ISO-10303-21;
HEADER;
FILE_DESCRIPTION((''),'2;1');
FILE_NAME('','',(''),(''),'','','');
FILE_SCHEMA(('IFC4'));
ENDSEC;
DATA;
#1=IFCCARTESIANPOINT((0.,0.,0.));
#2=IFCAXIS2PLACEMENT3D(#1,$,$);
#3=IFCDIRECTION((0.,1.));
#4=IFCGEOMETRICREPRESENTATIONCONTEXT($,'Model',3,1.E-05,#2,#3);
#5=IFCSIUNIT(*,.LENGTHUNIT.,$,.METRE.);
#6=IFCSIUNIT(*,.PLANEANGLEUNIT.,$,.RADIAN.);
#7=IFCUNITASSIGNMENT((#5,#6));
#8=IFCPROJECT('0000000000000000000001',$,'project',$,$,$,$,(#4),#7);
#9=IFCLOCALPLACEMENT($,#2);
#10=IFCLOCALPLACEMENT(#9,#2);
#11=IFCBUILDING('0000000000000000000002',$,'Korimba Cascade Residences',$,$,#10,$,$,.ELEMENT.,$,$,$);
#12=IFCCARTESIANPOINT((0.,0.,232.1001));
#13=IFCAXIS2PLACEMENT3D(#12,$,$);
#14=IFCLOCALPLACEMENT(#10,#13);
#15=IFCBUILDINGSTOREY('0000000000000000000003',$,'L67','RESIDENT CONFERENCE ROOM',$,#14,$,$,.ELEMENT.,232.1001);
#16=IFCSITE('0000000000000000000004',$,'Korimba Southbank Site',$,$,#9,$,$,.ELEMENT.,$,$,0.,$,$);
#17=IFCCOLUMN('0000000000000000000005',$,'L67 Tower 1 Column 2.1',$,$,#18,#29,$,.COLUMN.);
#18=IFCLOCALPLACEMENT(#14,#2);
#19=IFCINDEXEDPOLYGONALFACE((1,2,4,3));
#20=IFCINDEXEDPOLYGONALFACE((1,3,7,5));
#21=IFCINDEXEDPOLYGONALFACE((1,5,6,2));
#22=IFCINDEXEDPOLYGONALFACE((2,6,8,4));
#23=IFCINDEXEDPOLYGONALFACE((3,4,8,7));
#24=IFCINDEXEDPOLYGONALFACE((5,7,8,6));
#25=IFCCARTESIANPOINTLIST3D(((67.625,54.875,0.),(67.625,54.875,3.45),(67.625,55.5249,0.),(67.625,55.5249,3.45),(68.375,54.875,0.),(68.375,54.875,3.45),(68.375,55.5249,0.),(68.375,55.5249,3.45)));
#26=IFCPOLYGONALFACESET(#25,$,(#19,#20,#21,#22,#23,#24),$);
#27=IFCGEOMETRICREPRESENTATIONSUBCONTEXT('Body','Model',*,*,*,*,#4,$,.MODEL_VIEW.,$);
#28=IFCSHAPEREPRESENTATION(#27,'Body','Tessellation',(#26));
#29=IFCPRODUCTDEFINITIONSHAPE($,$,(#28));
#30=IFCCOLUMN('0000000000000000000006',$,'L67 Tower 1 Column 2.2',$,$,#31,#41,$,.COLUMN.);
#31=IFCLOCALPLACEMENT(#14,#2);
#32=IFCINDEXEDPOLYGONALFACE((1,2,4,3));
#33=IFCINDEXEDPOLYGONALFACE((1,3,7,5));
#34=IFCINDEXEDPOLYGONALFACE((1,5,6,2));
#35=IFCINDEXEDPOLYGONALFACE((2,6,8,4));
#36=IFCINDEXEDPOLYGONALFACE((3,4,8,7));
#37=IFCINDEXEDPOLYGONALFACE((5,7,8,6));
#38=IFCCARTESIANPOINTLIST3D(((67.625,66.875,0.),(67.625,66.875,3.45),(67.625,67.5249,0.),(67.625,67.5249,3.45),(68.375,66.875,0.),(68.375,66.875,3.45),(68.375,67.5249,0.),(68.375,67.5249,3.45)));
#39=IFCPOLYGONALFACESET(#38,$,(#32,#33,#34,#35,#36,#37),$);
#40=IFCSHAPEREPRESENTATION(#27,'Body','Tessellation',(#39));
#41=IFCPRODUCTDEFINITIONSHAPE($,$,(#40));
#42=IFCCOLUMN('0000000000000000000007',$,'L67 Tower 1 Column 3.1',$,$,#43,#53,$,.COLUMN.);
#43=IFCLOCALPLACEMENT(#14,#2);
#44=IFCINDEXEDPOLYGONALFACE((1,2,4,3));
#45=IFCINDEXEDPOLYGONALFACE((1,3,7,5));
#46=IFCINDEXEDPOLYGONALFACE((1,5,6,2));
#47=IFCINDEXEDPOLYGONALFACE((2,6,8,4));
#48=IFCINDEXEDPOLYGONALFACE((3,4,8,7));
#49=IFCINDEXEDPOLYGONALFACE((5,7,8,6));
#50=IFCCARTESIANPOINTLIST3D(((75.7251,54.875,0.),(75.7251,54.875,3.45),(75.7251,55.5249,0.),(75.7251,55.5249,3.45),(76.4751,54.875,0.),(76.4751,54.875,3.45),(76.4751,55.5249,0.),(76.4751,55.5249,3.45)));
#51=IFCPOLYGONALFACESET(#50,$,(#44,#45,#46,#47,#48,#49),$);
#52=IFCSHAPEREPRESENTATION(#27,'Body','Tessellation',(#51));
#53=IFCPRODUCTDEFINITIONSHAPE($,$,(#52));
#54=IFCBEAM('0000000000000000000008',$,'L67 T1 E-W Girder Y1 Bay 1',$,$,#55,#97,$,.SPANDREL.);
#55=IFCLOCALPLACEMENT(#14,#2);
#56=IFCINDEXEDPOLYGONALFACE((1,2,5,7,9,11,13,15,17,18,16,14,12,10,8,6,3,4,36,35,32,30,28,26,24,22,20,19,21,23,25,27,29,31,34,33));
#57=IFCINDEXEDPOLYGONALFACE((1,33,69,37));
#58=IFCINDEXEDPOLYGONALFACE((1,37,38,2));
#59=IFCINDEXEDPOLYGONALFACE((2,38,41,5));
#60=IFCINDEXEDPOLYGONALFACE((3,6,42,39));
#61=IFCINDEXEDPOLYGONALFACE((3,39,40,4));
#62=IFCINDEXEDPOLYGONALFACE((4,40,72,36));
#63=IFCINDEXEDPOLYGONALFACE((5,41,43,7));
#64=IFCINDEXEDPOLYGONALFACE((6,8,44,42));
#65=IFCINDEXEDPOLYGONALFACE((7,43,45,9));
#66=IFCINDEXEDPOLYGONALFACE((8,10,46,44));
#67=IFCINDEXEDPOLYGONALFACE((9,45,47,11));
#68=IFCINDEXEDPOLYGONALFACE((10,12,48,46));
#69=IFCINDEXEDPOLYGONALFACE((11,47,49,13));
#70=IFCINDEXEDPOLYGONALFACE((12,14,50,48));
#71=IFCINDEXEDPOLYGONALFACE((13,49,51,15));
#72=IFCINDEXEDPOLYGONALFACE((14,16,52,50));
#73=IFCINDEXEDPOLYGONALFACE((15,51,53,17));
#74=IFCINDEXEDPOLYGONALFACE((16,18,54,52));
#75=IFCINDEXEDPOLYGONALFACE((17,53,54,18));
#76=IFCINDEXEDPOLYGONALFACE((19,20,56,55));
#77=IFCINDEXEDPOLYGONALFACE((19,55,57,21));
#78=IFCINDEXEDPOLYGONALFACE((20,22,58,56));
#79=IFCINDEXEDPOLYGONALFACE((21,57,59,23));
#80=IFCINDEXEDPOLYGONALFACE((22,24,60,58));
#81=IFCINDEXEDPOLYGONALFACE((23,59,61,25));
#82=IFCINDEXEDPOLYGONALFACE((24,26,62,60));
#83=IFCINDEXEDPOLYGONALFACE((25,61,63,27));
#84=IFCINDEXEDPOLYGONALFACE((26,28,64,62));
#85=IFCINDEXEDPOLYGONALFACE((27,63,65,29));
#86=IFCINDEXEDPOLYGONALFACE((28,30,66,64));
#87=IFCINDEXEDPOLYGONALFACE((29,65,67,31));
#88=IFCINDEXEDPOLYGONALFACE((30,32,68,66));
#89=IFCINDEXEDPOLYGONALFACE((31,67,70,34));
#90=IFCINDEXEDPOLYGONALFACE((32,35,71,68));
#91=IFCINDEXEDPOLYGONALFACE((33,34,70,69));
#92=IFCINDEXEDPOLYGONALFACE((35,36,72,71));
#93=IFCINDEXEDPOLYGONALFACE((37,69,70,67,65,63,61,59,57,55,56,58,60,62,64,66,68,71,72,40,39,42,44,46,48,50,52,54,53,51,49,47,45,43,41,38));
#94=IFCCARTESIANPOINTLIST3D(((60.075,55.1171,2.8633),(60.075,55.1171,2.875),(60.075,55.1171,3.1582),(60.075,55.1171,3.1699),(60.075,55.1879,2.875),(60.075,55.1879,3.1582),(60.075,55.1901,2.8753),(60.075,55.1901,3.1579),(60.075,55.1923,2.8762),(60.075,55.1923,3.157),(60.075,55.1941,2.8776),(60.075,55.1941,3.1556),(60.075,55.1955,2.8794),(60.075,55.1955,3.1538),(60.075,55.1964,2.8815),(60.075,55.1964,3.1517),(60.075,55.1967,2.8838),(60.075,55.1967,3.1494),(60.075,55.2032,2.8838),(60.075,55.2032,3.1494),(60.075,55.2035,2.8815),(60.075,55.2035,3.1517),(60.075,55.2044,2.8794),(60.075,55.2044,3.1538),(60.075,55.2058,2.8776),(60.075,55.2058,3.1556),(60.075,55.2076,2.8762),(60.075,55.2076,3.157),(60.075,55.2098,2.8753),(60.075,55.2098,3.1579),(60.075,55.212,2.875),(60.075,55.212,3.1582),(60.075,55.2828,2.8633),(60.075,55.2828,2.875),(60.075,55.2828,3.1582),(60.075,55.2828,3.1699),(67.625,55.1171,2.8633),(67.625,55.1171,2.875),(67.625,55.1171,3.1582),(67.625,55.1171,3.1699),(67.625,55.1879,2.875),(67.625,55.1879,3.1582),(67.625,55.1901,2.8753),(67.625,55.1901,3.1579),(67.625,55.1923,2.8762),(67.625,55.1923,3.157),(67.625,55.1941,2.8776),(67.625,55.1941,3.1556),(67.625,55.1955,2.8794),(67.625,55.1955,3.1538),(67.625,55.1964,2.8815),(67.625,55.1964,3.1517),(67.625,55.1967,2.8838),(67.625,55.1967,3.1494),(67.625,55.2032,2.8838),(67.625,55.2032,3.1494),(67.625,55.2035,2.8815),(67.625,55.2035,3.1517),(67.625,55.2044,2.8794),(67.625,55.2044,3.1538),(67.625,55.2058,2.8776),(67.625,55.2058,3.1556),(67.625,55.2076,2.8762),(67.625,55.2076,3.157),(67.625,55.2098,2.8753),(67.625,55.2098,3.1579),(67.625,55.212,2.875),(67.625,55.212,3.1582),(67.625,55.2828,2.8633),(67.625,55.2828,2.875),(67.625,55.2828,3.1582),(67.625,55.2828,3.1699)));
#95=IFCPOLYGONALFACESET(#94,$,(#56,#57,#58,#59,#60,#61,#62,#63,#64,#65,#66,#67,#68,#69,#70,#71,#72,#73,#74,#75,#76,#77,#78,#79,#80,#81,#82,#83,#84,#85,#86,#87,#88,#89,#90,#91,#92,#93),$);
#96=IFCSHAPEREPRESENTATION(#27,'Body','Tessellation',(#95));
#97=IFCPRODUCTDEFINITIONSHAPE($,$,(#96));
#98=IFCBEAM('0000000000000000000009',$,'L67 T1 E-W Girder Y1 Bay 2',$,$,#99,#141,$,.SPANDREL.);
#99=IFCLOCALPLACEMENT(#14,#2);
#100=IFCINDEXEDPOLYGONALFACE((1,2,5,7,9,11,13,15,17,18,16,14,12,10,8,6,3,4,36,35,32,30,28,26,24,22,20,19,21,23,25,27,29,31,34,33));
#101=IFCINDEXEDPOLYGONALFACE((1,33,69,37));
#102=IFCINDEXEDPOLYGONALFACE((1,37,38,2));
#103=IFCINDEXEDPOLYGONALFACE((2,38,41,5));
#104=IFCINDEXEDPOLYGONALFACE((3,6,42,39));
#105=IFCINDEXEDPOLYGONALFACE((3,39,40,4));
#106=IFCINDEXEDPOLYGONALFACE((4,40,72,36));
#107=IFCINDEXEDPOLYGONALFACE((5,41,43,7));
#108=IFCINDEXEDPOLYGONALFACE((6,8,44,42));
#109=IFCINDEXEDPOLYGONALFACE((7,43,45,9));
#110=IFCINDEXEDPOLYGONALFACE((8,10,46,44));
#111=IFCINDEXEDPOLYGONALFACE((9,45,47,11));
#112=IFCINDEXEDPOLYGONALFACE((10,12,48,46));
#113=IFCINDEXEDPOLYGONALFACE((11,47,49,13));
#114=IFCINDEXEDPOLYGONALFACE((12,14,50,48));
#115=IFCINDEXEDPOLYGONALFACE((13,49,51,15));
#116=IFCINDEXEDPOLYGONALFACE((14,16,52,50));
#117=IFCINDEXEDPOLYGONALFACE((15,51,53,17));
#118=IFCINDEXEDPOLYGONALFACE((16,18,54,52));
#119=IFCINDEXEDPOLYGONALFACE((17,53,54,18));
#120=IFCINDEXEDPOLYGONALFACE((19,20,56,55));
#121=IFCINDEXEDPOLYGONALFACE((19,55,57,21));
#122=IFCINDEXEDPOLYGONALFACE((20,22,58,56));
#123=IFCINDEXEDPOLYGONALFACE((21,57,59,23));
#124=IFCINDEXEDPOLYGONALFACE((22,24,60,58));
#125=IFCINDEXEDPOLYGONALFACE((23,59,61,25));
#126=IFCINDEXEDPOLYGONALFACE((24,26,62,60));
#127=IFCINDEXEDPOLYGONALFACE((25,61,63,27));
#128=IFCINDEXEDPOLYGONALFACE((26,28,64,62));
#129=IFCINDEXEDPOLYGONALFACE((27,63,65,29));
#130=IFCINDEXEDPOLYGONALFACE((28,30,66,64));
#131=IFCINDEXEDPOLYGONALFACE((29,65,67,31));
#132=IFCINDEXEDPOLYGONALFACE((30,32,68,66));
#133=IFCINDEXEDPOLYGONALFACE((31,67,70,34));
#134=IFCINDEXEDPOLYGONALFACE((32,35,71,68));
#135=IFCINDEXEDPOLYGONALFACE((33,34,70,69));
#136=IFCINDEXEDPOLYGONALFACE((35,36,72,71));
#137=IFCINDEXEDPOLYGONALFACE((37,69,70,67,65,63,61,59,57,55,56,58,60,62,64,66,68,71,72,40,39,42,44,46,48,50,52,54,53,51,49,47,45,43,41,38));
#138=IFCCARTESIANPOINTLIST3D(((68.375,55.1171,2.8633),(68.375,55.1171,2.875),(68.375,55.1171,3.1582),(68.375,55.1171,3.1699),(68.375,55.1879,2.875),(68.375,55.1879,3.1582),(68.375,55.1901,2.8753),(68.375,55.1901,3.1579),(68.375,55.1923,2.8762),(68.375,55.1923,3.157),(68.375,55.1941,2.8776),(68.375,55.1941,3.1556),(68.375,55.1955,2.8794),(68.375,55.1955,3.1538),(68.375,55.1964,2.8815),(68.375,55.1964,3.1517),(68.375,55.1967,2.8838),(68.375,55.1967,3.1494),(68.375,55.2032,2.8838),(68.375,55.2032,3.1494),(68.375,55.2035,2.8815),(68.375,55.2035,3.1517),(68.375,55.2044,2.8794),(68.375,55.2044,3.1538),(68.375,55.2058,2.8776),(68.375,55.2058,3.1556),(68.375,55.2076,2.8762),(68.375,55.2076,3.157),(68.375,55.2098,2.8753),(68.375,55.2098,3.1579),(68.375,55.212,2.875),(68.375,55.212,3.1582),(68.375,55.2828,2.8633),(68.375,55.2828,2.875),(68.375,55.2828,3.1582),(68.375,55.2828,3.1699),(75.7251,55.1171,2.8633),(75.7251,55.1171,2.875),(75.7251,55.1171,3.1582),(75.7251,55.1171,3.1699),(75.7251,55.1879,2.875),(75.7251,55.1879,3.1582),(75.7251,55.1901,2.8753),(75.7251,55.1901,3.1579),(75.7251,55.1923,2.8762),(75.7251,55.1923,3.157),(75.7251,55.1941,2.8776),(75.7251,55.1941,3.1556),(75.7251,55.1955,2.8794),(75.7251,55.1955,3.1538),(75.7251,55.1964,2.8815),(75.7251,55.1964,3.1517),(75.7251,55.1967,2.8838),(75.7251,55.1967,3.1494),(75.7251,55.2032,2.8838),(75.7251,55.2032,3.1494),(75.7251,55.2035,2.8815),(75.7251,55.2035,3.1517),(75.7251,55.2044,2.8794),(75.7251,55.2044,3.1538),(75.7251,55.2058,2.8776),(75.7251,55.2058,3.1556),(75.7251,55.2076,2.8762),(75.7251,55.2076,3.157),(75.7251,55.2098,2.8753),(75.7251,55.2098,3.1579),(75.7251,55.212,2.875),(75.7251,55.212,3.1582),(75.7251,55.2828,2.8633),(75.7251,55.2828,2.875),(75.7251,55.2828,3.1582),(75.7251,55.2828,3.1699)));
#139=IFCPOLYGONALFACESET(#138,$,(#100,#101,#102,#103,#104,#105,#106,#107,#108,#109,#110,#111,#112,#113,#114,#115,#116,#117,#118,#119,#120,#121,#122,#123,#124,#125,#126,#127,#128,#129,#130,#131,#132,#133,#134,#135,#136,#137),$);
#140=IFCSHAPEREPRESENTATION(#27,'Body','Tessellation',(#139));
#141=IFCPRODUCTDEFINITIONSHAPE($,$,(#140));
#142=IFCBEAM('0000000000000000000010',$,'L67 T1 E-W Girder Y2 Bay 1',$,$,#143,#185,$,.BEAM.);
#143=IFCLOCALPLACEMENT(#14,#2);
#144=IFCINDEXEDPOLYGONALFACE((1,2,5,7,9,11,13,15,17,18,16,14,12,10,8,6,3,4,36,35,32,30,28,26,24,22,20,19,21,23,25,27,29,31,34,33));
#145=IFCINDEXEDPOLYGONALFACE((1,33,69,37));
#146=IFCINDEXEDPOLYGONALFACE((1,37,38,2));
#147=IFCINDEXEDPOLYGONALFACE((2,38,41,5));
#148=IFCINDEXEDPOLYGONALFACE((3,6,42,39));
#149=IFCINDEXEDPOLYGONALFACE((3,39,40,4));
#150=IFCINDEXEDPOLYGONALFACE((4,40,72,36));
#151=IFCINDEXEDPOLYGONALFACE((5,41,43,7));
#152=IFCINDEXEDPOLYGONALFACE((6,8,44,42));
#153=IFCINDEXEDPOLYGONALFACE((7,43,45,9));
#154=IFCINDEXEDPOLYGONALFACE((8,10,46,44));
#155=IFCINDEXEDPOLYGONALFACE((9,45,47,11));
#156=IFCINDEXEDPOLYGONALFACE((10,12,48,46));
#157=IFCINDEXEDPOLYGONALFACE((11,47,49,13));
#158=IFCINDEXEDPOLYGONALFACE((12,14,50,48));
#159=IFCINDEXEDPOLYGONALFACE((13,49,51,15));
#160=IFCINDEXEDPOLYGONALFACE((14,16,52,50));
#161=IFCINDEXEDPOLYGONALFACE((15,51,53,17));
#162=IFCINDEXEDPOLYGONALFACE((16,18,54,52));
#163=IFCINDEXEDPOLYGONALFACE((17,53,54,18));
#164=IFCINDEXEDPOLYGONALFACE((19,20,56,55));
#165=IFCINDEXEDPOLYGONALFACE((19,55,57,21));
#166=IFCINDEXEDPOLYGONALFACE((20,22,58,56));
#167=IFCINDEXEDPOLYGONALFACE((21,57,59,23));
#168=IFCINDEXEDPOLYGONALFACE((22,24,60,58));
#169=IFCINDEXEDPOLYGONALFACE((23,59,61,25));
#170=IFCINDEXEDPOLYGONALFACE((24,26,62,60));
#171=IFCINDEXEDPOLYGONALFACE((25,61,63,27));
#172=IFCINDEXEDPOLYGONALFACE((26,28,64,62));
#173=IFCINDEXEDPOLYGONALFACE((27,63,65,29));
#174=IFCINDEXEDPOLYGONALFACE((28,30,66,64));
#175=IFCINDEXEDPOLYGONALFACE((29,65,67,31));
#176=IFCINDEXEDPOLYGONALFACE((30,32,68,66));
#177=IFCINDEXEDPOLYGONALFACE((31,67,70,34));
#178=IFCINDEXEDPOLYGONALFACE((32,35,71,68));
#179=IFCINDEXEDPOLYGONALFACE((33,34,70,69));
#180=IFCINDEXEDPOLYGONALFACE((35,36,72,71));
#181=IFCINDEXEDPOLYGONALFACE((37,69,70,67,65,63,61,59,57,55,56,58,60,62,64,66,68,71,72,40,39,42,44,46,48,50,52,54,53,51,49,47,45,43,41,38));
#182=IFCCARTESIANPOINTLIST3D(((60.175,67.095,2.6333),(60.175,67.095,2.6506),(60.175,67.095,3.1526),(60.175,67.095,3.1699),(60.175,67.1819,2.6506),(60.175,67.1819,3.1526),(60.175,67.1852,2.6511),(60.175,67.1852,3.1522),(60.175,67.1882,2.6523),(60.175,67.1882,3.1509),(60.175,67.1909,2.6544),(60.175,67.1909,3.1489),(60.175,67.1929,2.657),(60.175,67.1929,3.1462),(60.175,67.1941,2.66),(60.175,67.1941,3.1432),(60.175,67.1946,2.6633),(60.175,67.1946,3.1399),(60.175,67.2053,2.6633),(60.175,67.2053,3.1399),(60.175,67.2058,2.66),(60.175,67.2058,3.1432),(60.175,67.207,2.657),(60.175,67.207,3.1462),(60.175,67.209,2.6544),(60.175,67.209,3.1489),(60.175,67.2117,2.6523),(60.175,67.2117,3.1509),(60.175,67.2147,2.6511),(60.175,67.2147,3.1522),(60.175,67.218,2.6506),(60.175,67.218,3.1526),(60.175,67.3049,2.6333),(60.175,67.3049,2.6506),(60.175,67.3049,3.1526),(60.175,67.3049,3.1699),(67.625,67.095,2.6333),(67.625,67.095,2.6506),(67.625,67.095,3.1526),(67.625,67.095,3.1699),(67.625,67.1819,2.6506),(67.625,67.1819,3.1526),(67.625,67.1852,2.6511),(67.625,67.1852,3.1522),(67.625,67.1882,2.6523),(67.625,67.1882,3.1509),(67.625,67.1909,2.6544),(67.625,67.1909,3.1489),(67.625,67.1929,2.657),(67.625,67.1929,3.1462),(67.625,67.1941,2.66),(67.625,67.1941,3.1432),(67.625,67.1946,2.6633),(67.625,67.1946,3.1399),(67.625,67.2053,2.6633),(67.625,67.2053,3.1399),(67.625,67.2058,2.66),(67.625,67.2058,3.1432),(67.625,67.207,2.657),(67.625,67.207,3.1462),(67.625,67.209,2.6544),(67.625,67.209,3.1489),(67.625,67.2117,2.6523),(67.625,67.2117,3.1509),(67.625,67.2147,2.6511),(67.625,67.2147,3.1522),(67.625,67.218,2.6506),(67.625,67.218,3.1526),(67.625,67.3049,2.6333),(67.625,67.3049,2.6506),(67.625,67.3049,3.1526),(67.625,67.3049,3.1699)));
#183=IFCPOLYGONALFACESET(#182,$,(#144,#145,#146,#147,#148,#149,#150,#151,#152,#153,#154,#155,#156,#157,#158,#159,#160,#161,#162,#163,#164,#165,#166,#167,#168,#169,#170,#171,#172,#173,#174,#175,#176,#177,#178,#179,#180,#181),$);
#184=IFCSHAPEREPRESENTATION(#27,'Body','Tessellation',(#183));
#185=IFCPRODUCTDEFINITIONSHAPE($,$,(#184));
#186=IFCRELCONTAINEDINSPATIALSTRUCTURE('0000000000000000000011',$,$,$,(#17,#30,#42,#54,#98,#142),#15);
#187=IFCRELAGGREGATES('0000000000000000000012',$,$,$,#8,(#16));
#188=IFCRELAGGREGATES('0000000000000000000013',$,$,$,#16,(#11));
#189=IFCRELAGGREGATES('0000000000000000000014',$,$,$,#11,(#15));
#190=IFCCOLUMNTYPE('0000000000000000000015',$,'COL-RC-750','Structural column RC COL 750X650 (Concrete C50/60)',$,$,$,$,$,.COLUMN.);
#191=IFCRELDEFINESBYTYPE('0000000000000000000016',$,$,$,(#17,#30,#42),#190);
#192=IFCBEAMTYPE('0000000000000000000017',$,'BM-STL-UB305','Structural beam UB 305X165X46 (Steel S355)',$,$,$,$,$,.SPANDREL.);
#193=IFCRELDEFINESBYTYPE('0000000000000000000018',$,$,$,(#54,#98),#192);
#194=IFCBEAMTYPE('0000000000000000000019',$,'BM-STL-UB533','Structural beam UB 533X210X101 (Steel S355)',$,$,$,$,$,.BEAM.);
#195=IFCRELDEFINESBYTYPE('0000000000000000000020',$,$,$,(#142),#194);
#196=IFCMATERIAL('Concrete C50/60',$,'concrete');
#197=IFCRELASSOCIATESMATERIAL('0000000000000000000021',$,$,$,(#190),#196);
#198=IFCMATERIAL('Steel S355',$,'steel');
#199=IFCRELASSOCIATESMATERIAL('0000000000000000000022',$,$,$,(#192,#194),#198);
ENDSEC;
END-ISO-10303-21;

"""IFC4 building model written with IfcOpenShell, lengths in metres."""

from ifc_helpers import new_model, si_unit, direction, frame, origin, origin_2d, place, context, subcontext, project, spatial, rectangle, i_section, extrude, material, material_profile, profile_set, type_object, element, save


model = new_model("IFC4")

# Units and contexts
model_context = context("Model", 3, precision=1e-05, world=origin(), true_north=direction((0.0, 1.0)))
body_context = subcontext(model_context, "Body", "Model", "MODEL_VIEW")
ifc_project = project(units=[si_unit("LENGTHUNIT", "METRE"), si_unit("PLANEANGLEUNIT", "RADIAN")], contexts=[model_context])

# Site, building, storey
site_placement = place(None, origin())
site = spatial("IfcSite", under=ifc_project, at=site_placement, Name="Korimba Southbank Site", CompositionType="ELEMENT", RefElevation=0.0)
building_placement = place(site_placement, origin())
building = spatial("IfcBuilding", under=site, at=building_placement, Name="Korimba Cascade Residences", CompositionType="ELEMENT")
storey_placement = place(building_placement, frame((0.0, 0.0, 232.1001)))
storey = spatial("IfcBuildingStorey", under=building, at=storey_placement, Name="L67", Description="RESIDENT CONFERENCE ROOM", CompositionType="ELEMENT", Elevation=232.1001)

# Columns
ifc_material_1 = material(Name="Concrete C50/60", Category="concrete")
ifc_material_profile_1 = material_profile(ifc_material_1, rectangle(XDim=0.75, YDim=0.6499, at=origin_2d()), Name="Concrete C50/60")
ifc_profile_set_1 = profile_set([ifc_material_profile_1], Name="Concrete C50/60")
column_type = type_object("IfcColumnType", Name="COL-RC-750", Description="Structural column RC COL 750X650 (Concrete C50/60)", PredefinedType="COLUMN", material=ifc_profile_set_1)
for number, where, z_axis, x_axis, name in (
    (1, (68.0, 55.2, 0.0), (0.0, 0.0, 1.0), (1.0, 0.0, 0.0), "L67 Tower 1 Column 2.1"),
    (2, (68.0, 67.2, 0.0), (0.0, 0.0, 1.0), (1.0, 0.0, 0.0), "L67 Tower 1 Column 2.2"),
    (3, (76.1001, 55.2, 0.0), (0.0, 0.0, 1.0), (1.0, 0.0, 0.0), "L67 Tower 1 Column 3.1"),
):
    element("IfcColumn", number, at=place(storey_placement, frame(where, z_axis=z_axis, x_axis=x_axis)), inside=storey, type_object=column_type, Name=name, PredefinedType="COLUMN", context=body_context, shape_type="SweptSolid", body=[
        extrude(rectangle(XDim=0.75, YDim=0.6499, at=origin_2d()), origin(), (0.0, 0.0, 1.0), 3.45),
    ])

# Beams
ifc_material_2 = material(Name="Steel S355", Category="steel")
ifc_material_profile_2 = material_profile(ifc_material_2, i_section(OverallWidth=0.1658, OverallDepth=0.3066, WebThickness=0.0066, FlangeThickness=0.0117, FilletRadius=0.0088, at=origin_2d()), Name="Steel S355")
ifc_profile_set_2 = profile_set([ifc_material_profile_2], Name="Steel S355")
beam_type_1 = type_object("IfcBeamType", Name="BM-STL-UB305", Description="Structural beam UB 305X165X46 (Steel S355)", PredefinedType="SPANDREL", material=ifc_profile_set_2)
beam_1_placement = place(storey_placement, frame((60.075, 55.2, 3.0166), z_axis=(1.0, 0.0, 0.0), x_axis=(0.0, 1.0, 0.0)))
element("IfcBeam", 4, at=beam_1_placement, inside=storey, type_object=beam_type_1, Name="L67 T1 E-W Girder Y1 Bay 1", PredefinedType="SPANDREL", context=body_context, shape_type="SweptSolid", body=[
    extrude(i_section(OverallWidth=0.1658, OverallDepth=0.3066, WebThickness=0.0066, FlangeThickness=0.0117, FilletRadius=0.0088, at=origin_2d()), origin(), (0.0, 0.0, 1.0), 7.55),
])
beam_2_placement = place(storey_placement, frame((68.375, 55.2, 3.0166), z_axis=(1.0, 0.0, 0.0), x_axis=(0.0, 1.0, 0.0)))
element("IfcBeam", 5, at=beam_2_placement, inside=storey, type_object=beam_type_1, Name="L67 T1 E-W Girder Y1 Bay 2", PredefinedType="SPANDREL", context=body_context, shape_type="SweptSolid", body=[
    extrude(i_section(OverallWidth=0.1658, OverallDepth=0.3066, WebThickness=0.0066, FlangeThickness=0.0117, FilletRadius=0.0088, at=origin_2d()), origin(), (0.0, 0.0, 1.0), 7.3501),
])
ifc_material_profile_3 = material_profile(ifc_material_2, i_section(OverallWidth=0.21, OverallDepth=0.5366, WebThickness=0.0107, FlangeThickness=0.0173, FilletRadius=0.0127, at=origin_2d()), Name="Steel S355")
ifc_profile_set_3 = profile_set([ifc_material_profile_3], Name="Steel S355")
beam_type_2 = type_object("IfcBeamType", Name="BM-STL-UB533", Description="Structural beam UB 533X210X101 (Steel S355)", PredefinedType="BEAM", material=ifc_profile_set_3)
beam_3_placement = place(storey_placement, frame((60.175, 67.2, 2.9016), z_axis=(1.0, 0.0, 0.0), x_axis=(0.0, 1.0, 0.0)))
element("IfcBeam", 6, at=beam_3_placement, inside=storey, type_object=beam_type_2, Name="L67 T1 E-W Girder Y2 Bay 1", PredefinedType="BEAM", context=body_context, shape_type="SweptSolid", body=[
    extrude(i_section(OverallWidth=0.21, OverallDepth=0.5366, WebThickness=0.0107, FlangeThickness=0.0173, FilletRadius=0.0127, at=origin_2d()), origin(), (0.0, 0.0, 1.0), 7.45),
])

save(model, "model.ifc")
